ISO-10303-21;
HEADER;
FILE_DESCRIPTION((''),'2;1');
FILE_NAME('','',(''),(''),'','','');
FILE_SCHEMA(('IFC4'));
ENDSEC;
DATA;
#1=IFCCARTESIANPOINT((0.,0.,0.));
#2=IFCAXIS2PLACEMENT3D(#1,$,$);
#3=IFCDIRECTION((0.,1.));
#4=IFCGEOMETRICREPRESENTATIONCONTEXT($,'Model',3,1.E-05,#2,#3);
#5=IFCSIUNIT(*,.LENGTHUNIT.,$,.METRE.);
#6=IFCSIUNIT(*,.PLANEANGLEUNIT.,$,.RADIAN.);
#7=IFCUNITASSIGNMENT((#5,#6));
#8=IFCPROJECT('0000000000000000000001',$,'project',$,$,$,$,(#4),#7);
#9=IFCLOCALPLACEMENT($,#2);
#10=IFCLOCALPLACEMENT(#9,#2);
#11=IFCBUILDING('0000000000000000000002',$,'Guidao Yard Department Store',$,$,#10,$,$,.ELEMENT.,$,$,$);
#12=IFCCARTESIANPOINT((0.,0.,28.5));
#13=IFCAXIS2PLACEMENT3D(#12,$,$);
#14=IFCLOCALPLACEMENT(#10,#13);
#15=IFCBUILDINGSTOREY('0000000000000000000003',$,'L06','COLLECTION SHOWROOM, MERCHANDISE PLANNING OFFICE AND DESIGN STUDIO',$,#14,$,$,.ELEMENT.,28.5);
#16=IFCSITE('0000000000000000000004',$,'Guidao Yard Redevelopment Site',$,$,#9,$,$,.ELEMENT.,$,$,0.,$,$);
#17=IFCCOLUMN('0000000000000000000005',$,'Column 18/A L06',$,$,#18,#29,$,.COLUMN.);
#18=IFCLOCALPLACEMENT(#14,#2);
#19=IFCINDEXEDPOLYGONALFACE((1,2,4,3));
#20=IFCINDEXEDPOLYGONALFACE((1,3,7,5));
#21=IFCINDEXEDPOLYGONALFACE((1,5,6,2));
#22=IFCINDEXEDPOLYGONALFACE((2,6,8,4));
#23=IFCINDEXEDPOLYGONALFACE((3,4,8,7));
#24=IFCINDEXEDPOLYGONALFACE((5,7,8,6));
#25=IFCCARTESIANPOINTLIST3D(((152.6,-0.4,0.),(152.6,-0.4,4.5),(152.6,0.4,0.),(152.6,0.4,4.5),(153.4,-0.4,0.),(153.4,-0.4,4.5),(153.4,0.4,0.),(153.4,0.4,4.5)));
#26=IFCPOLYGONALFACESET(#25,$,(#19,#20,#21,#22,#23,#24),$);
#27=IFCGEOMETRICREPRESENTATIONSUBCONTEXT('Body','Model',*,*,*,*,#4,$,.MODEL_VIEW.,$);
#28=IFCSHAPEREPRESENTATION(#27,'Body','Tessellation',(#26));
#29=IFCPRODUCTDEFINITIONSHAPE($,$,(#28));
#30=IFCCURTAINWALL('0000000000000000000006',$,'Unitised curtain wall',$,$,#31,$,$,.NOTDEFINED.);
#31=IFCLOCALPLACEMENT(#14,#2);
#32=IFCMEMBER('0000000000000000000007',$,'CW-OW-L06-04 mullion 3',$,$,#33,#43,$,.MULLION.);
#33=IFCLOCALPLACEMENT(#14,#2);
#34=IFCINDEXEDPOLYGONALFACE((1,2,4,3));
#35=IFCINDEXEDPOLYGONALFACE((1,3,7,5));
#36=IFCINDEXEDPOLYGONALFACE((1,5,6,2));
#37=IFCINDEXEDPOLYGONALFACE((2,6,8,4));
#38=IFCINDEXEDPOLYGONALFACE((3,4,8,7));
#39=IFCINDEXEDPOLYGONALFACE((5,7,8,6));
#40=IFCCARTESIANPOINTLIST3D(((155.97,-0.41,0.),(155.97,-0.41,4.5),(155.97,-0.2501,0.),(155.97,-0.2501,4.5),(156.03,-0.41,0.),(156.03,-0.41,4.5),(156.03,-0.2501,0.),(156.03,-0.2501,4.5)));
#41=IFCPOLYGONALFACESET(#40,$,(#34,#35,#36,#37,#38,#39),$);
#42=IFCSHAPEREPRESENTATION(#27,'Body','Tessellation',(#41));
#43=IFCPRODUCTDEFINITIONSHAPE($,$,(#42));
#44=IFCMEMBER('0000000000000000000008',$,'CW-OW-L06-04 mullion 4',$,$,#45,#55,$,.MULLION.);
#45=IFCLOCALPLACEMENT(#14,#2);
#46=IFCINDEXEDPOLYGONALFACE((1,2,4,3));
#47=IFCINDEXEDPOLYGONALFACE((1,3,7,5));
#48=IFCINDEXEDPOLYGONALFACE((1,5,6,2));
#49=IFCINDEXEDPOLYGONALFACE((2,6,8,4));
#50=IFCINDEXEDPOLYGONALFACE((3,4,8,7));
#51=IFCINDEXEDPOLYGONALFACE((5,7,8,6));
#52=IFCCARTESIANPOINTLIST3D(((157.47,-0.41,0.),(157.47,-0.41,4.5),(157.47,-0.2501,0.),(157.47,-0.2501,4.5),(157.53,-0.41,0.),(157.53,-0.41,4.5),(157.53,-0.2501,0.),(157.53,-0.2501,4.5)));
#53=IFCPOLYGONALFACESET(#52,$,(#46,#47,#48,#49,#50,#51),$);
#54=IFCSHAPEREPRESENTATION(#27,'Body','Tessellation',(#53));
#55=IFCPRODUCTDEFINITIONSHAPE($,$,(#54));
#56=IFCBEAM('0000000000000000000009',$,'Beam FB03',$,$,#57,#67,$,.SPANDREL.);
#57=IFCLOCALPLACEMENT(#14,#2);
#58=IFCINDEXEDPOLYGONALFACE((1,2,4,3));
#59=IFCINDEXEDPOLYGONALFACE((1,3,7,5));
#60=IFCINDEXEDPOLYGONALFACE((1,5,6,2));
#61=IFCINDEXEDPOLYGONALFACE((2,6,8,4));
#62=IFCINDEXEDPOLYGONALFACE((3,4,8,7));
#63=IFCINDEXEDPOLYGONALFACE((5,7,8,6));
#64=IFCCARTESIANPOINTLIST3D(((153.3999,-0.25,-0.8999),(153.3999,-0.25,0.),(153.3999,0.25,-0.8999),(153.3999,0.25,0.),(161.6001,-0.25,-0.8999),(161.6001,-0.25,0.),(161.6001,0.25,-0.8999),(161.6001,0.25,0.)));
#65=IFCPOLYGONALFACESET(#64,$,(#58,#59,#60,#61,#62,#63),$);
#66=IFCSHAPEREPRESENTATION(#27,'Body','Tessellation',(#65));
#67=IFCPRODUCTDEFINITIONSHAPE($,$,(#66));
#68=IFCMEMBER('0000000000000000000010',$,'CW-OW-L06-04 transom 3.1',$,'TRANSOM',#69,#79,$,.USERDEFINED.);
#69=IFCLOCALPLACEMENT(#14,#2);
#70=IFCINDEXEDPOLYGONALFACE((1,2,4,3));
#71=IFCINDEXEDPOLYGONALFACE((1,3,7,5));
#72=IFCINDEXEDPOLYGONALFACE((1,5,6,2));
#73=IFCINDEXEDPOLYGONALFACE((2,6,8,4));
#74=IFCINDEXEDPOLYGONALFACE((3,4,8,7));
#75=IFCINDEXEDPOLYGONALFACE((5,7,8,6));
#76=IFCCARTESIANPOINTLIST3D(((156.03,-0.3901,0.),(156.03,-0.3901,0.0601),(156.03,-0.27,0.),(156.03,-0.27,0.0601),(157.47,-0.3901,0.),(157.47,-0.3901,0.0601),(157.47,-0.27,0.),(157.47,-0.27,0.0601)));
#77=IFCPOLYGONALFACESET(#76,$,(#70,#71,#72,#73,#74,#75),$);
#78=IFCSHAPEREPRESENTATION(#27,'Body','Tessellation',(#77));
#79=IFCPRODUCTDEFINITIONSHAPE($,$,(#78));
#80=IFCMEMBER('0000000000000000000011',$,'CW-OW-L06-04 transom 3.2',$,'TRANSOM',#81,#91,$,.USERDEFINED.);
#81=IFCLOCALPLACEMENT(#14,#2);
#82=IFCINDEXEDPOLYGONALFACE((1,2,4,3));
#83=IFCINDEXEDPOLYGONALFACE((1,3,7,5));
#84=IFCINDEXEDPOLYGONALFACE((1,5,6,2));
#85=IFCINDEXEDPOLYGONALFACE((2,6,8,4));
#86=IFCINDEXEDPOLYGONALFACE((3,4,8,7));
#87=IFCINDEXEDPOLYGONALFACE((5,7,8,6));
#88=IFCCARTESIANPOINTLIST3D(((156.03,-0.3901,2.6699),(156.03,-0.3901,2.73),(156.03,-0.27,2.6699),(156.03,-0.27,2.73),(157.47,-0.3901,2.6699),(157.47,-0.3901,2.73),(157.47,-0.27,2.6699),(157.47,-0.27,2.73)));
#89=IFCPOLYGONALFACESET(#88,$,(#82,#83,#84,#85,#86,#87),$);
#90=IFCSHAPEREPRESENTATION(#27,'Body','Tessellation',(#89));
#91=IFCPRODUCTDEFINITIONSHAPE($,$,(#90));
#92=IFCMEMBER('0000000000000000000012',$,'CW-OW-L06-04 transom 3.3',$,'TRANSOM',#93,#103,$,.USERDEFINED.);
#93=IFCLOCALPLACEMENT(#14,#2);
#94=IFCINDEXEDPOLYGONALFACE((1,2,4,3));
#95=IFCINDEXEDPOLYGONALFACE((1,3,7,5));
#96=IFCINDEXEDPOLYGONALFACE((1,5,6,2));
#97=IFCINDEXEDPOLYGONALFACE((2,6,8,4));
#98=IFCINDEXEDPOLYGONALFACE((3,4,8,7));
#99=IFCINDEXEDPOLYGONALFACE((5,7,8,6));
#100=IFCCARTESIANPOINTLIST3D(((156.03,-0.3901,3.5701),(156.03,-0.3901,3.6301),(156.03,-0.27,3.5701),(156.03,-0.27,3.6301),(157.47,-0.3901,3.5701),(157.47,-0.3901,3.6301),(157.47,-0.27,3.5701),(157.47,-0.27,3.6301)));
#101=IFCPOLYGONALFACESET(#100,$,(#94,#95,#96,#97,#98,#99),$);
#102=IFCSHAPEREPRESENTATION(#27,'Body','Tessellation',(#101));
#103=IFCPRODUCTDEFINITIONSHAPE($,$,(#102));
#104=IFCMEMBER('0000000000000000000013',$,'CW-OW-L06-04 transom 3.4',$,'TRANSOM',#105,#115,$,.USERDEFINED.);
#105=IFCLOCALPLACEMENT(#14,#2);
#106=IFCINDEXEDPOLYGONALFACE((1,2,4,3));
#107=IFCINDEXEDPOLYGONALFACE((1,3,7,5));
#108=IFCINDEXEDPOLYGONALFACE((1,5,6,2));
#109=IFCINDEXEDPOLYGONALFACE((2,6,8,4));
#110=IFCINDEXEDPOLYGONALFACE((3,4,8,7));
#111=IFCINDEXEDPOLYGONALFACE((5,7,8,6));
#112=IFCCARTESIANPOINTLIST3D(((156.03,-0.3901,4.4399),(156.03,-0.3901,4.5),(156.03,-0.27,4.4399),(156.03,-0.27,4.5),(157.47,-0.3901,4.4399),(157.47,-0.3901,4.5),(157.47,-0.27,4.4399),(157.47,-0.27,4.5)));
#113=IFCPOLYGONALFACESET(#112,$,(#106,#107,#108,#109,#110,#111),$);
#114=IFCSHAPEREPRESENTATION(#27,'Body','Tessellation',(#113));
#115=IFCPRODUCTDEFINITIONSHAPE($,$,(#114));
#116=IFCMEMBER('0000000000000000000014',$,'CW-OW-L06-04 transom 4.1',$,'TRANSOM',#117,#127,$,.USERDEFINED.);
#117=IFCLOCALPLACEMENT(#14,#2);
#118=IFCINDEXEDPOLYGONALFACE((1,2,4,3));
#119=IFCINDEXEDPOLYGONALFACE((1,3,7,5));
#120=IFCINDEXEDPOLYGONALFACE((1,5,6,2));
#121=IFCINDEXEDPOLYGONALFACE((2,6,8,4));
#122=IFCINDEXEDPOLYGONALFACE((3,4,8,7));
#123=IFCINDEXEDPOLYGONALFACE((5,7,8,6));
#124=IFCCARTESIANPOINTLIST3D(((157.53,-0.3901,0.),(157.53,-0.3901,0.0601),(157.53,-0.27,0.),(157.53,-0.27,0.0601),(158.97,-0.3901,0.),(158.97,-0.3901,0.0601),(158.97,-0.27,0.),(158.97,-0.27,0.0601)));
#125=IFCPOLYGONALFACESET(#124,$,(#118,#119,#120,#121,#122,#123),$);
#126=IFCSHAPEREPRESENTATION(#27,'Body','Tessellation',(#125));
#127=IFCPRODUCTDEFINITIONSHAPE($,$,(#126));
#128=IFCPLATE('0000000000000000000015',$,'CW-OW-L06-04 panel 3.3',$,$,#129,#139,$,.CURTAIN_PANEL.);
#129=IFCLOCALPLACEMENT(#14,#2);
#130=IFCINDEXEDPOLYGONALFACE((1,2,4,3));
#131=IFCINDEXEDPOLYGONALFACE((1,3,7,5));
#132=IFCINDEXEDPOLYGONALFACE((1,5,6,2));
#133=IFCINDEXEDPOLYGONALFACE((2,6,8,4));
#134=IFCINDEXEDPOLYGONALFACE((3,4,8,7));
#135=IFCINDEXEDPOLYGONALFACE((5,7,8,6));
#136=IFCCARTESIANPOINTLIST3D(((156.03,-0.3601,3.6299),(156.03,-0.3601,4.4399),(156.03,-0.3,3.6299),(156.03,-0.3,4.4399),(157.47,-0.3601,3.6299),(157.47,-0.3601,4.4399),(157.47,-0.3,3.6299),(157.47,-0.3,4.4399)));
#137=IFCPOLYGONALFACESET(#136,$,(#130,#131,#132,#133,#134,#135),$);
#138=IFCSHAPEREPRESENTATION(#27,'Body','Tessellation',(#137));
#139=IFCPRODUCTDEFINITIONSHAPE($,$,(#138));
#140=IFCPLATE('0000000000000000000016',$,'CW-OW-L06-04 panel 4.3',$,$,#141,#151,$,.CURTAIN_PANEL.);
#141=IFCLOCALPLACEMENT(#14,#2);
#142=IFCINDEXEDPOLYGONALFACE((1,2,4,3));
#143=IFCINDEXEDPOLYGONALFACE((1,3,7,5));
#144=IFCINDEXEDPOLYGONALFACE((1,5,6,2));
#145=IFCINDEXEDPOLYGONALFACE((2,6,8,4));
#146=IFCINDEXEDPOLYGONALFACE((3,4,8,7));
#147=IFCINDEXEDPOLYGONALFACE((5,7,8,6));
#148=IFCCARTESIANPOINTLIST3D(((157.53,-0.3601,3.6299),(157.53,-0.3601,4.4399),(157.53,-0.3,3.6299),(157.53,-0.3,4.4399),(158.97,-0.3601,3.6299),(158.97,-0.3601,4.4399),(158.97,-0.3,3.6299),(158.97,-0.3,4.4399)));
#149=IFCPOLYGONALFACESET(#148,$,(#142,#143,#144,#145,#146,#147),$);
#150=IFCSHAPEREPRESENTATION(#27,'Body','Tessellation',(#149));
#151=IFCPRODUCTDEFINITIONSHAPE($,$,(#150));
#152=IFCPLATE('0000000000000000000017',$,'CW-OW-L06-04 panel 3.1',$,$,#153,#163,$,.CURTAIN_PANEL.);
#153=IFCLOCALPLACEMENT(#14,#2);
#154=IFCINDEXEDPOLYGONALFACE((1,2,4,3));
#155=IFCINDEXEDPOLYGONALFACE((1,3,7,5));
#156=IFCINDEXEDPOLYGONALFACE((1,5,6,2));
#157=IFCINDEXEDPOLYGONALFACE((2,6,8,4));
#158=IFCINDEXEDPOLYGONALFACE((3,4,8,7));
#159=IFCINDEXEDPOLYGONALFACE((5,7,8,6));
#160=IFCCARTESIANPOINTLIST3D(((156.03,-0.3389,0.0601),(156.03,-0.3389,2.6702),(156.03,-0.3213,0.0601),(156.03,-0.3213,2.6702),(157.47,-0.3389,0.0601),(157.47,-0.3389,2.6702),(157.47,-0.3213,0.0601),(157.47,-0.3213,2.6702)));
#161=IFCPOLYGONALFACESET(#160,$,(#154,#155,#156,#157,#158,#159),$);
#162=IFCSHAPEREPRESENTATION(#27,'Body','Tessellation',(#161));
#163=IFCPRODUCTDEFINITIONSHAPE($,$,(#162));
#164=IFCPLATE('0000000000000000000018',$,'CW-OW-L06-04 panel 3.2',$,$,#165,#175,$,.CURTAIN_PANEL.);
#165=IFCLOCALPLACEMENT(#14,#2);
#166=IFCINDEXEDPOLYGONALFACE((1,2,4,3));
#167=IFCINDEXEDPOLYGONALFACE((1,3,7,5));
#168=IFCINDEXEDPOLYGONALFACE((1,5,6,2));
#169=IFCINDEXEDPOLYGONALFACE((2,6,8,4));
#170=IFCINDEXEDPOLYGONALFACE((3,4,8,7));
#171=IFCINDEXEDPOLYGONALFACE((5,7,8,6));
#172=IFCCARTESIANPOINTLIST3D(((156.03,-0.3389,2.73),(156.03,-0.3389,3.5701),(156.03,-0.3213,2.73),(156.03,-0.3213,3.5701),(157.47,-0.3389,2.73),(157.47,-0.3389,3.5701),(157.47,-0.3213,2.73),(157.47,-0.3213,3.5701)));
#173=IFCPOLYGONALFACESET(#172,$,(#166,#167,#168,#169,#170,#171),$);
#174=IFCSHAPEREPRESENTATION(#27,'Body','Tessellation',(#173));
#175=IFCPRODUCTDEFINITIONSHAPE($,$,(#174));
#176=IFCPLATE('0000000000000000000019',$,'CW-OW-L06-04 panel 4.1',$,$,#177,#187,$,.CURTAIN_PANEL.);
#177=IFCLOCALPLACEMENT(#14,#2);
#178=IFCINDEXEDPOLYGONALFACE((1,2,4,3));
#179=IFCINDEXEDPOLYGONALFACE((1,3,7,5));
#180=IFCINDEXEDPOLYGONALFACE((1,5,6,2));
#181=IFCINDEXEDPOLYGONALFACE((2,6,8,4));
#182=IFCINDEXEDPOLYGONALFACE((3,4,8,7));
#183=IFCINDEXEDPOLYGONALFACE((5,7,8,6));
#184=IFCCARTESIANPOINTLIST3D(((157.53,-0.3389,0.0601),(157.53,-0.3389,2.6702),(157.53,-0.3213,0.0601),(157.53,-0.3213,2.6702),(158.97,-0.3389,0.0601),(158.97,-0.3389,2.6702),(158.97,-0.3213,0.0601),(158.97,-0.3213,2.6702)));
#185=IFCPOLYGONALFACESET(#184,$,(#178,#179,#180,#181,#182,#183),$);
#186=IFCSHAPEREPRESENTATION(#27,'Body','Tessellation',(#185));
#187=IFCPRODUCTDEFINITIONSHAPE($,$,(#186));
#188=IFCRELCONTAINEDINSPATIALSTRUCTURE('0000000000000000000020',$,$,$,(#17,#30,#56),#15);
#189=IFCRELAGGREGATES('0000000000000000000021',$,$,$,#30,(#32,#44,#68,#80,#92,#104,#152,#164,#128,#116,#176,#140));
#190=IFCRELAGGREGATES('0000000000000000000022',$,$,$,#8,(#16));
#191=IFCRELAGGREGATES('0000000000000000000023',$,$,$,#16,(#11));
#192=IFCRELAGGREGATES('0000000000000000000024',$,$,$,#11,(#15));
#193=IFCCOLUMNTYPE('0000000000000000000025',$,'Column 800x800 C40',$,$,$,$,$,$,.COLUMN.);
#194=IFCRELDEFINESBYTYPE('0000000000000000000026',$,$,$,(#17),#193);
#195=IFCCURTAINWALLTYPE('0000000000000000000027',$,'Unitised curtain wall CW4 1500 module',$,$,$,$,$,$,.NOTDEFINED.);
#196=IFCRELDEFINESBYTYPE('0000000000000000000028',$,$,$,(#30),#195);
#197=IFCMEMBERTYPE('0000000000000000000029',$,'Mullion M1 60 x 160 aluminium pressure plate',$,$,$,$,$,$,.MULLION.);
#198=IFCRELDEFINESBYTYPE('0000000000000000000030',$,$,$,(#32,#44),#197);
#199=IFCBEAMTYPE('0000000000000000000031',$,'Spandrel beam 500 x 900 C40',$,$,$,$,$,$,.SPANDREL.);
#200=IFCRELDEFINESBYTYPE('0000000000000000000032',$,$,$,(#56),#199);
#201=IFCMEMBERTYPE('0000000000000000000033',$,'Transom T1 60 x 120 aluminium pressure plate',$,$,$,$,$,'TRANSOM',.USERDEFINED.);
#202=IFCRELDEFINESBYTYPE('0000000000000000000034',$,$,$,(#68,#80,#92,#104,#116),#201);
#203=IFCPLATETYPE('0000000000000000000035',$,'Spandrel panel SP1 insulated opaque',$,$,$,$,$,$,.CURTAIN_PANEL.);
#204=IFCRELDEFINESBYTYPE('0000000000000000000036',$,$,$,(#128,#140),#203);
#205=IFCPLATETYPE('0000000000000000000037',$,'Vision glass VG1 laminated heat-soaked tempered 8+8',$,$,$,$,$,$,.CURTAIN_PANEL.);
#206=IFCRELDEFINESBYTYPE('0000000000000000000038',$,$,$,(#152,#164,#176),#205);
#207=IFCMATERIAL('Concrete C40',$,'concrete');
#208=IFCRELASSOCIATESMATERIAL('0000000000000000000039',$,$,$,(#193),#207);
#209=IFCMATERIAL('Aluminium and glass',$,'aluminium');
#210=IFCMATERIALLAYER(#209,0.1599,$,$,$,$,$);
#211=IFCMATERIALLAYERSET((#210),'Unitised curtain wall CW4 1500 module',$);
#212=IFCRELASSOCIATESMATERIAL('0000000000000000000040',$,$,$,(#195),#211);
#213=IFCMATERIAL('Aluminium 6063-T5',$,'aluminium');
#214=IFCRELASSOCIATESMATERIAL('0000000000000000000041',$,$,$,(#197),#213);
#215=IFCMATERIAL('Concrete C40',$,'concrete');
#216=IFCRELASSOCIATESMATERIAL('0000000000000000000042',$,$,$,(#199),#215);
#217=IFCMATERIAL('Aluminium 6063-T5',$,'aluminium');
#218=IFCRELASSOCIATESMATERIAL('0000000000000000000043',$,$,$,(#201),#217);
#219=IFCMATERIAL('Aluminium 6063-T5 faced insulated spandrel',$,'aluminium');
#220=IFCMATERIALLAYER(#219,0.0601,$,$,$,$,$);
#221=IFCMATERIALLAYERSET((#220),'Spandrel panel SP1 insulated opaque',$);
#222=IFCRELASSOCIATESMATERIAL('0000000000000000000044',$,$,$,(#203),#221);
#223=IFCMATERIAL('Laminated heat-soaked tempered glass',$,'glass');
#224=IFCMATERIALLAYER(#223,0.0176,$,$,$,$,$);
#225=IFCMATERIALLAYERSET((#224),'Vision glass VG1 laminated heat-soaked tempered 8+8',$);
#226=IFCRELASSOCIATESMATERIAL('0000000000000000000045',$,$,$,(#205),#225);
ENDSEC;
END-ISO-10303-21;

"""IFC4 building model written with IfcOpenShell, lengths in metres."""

from ifc_helpers import new_model, si_unit, direction, frame, origin, origin_2d, place, context, subcontext, project, spatial, rectangle, extrude, material, layer, layer_set, material_profile, profile_set, type_object, element, aggregate, save


model = new_model("IFC4")

# Units and contexts
model_context = context("Model", 3, precision=1e-05, world=origin(), true_north=direction((0.0, 1.0)))
body_context = subcontext(model_context, "Body", "Model", "MODEL_VIEW")
ifc_project = project(units=[si_unit("LENGTHUNIT", "METRE"), si_unit("PLANEANGLEUNIT", "RADIAN")], contexts=[model_context])

# Site, building, storey
site_placement = place(None, origin())
site = spatial("IfcSite", under=ifc_project, at=site_placement, Name="Guidao Yard Redevelopment Site", CompositionType="ELEMENT", RefElevation=0.0)
building_placement = place(site_placement, origin())
building = spatial("IfcBuilding", under=site, at=building_placement, Name="Guidao Yard Department Store", CompositionType="ELEMENT")
storey_placement = place(building_placement, frame((0.0, 0.0, 28.5)))
storey = spatial("IfcBuildingStorey", under=building, at=storey_placement, Name="L06", Description="COLLECTION SHOWROOM, MERCHANDISE PLANNING OFFICE AND DESIGN STUDIO", CompositionType="ELEMENT", Elevation=28.5)

# Column
ifc_material_1 = material(Name="Concrete C40", Category="concrete")
ifc_material_profile_1 = material_profile(ifc_material_1, rectangle(XDim=0.8, YDim=0.8, at=origin_2d()), Name="COL 800x800")
ifc_profile_set_1 = profile_set([ifc_material_profile_1], Name="Concrete C40")
column_type = type_object("IfcColumnType", Name="Column 800x800 C40", PredefinedType="COLUMN", material=ifc_profile_set_1)
column_placement = place(storey_placement, frame((153.0, 0.0, 0.0), z_axis=(0.0, 0.0, 1.0), x_axis=(1.0, 0.0, 0.0)))
element("IfcColumn", 1, at=column_placement, inside=storey, type_object=column_type, Name="Column 18/A L06", PredefinedType="COLUMN", context=body_context, shape_type="SweptSolid", body=[
    extrude(rectangle(XDim=0.8, YDim=0.8, at=origin_2d()), origin(), (0.0, 0.0, 1.0), 4.5),
])

# Curtain wall, members
ifc_material_2 = material(Name="Aluminium and glass", Category="aluminium")
ifc_layer_1 = layer(ifc_material_2, 0.1599)
ifc_layer_set_1 = layer_set([ifc_layer_1], Name="Unitised curtain wall CW4 1500 module")
curtain_wall_type = type_object("IfcCurtainWallType", Name="Unitised curtain wall CW4 1500 module", PredefinedType="NOTDEFINED", material=ifc_layer_set_1)
curtain_wall_placement = place(storey_placement, origin())
curtain_wall = element("IfcCurtainWall", 2, at=curtain_wall_placement, inside=storey, type_object=curtain_wall_type, Name="Unitised curtain wall", PredefinedType="NOTDEFINED")
ifc_material_3 = material(Name="Aluminium 6063-T5", Category="aluminium")
ifc_material_profile_2 = material_profile(ifc_material_3, rectangle(XDim=0.0601, YDim=0.1599, at=origin_2d()), Name="Mullion M1 60 x 160 aluminium pressure plate")
ifc_profile_set_2 = profile_set([ifc_material_profile_2], Name="Aluminium 6063-T5")
member_type_1 = type_object("IfcMemberType", Name="Mullion M1 60 x 160 aluminium pressure plate", PredefinedType="MULLION", material=ifc_profile_set_2)
member_1_placement = place(storey_placement, frame((156.0, -0.3301, 0.0), z_axis=(0.0, 0.0, 1.0), x_axis=(-1.0, 0.0, 0.0)))
member_1 = element("IfcMember", 3, at=member_1_placement, type_object=member_type_1, Name="CW-OW-L06-04 mullion 3", PredefinedType="MULLION", context=body_context, shape_type="SweptSolid", body=[
    extrude(rectangle(XDim=0.0601, YDim=0.1599, at=origin_2d()), origin(), (0.0, 0.0, 1.0), 4.5),
])
member_2_placement = place(storey_placement, frame((157.5, -0.3301, 0.0), z_axis=(0.0, 0.0, 1.0), x_axis=(-1.0, 0.0, 0.0)))
member_2 = element("IfcMember", 4, at=member_2_placement, type_object=member_type_1, Name="CW-OW-L06-04 mullion 4", PredefinedType="MULLION", context=body_context, shape_type="SweptSolid", body=[
    extrude(rectangle(XDim=0.0601, YDim=0.1599, at=origin_2d()), origin(), (0.0, 0.0, 1.0), 4.5),
])

# Beam
ifc_material_4 = material(Name="Concrete C40", Category="concrete")
ifc_material_profile_3 = material_profile(ifc_material_4, rectangle(XDim=0.5, YDim=0.8999, at=origin_2d()), Name="Spandrel beam 500 x 900 C40")
ifc_profile_set_3 = profile_set([ifc_material_profile_3], Name="Concrete C40")
beam_type = type_object("IfcBeamType", Name="Spandrel beam 500 x 900 C40", PredefinedType="SPANDREL", material=ifc_profile_set_3)
beam_placement = place(storey_placement, frame((153.3999, 0.0, -0.45), z_axis=(1.0, 0.0, 0.0), x_axis=(0.0, 1.0, 0.0)))
element("IfcBeam", 5, at=beam_placement, inside=storey, type_object=beam_type, Name="Beam FB03", PredefinedType="SPANDREL", context=body_context, shape_type="SweptSolid", body=[
    extrude(rectangle(XDim=0.5, YDim=0.8999, at=origin_2d()), origin(), (0.0, 0.0, 1.0), 8.2002),
])

# Members
ifc_material_5 = material(Name="Aluminium 6063-T5", Category="aluminium")
ifc_material_profile_4 = material_profile(ifc_material_5, rectangle(XDim=0.1201, YDim=0.0601, at=origin_2d()), Name="Transom T1 60 x 120 aluminium pressure plate")
ifc_profile_set_4 = profile_set([ifc_material_profile_4], Name="Aluminium 6063-T5")
member_type_2 = type_object("IfcMemberType", Name="Transom T1 60 x 120 aluminium pressure plate", ElementType="TRANSOM", PredefinedType="USERDEFINED", material=ifc_profile_set_4)
member_3_placement = place(storey_placement, frame((157.47, -0.3301, 0.03), z_axis=(-1.0, 0.0, 0.0), x_axis=(0.0, -1.0, 0.0)))
member_3 = element("IfcMember", 6, at=member_3_placement, type_object=member_type_2, Name="CW-OW-L06-04 transom 3.1", ObjectType="TRANSOM", PredefinedType="USERDEFINED", context=body_context, shape_type="SweptSolid", body=[
    extrude(rectangle(XDim=0.1201, YDim=0.0601, at=origin_2d()), origin(), (0.0, 0.0, 1.0), 1.4399),
])
member_4_placement = place(storey_placement, frame((157.47, -0.3301, 2.7), z_axis=(-1.0, 0.0, 0.0), x_axis=(0.0, -1.0, 0.0)))
member_4 = element("IfcMember", 7, at=member_4_placement, type_object=member_type_2, Name="CW-OW-L06-04 transom 3.2", ObjectType="TRANSOM", PredefinedType="USERDEFINED", context=body_context, shape_type="SweptSolid", body=[
    extrude(rectangle(XDim=0.1201, YDim=0.0601, at=origin_2d()), origin(), (0.0, 0.0, 1.0), 1.4399),
])
member_5_placement = place(storey_placement, frame((157.47, -0.3301, 3.6001), z_axis=(-1.0, 0.0, 0.0), x_axis=(0.0, -1.0, 0.0)))
member_5 = element("IfcMember", 8, at=member_5_placement, type_object=member_type_2, Name="CW-OW-L06-04 transom 3.3", ObjectType="TRANSOM", PredefinedType="USERDEFINED", context=body_context, shape_type="SweptSolid", body=[
    extrude(rectangle(XDim=0.1201, YDim=0.0601, at=origin_2d()), origin(), (0.0, 0.0, 1.0), 1.4399),
])
member_6_placement = place(storey_placement, frame((157.47, -0.3301, 4.47), z_axis=(-1.0, 0.0, 0.0), x_axis=(0.0, -1.0, 0.0)))
member_6 = element("IfcMember", 9, at=member_6_placement, type_object=member_type_2, Name="CW-OW-L06-04 transom 3.4", ObjectType="TRANSOM", PredefinedType="USERDEFINED", context=body_context, shape_type="SweptSolid", body=[
    extrude(rectangle(XDim=0.1201, YDim=0.0601, at=origin_2d()), origin(), (0.0, 0.0, 1.0), 1.4399),
])
member_7_placement = place(storey_placement, frame((158.97, -0.3301, 0.03), z_axis=(-1.0, 0.0, 0.0), x_axis=(0.0, -1.0, 0.0)))
member_7 = element("IfcMember", 10, at=member_7_placement, type_object=member_type_2, Name="CW-OW-L06-04 transom 4.1", ObjectType="TRANSOM", PredefinedType="USERDEFINED", context=body_context, shape_type="SweptSolid", body=[
    extrude(rectangle(XDim=0.1201, YDim=0.0601, at=origin_2d()), origin(), (0.0, 0.0, 1.0), 1.4399),
])

# Plates
ifc_material_6 = material(Name="Aluminium 6063-T5 faced insulated spandrel", Category="aluminium")
ifc_layer_2 = layer(ifc_material_6, 0.0601)
ifc_layer_set_2 = layer_set([ifc_layer_2], Name="Spandrel panel SP1 insulated opaque")
plate_type_1 = type_object("IfcPlateType", Name="Spandrel panel SP1 insulated opaque", PredefinedType="CURTAIN_PANEL", material=ifc_layer_set_2)
plate_1_placement = place(storey_placement, frame((156.75, -0.3301, 3.6299), z_axis=(0.0, 0.0, 1.0), x_axis=(-1.0, 0.0, 0.0)))
plate_1 = element("IfcPlate", 11, at=plate_1_placement, type_object=plate_type_1, Name="CW-OW-L06-04 panel 3.3", PredefinedType="CURTAIN_PANEL", context=body_context, shape_type="SweptSolid", body=[
    extrude(rectangle(XDim=1.4399, YDim=0.0601, at=origin_2d()), origin(), (0.0, 0.0, 1.0), 0.8101),
])
plate_2_placement = place(storey_placement, frame((158.25, -0.3301, 3.6299), z_axis=(0.0, 0.0, 1.0), x_axis=(-1.0, 0.0, 0.0)))
plate_2 = element("IfcPlate", 12, at=plate_2_placement, type_object=plate_type_1, Name="CW-OW-L06-04 panel 4.3", PredefinedType="CURTAIN_PANEL", context=body_context, shape_type="SweptSolid", body=[
    extrude(rectangle(XDim=1.4399, YDim=0.0601, at=origin_2d()), origin(), (0.0, 0.0, 1.0), 0.8101),
])
ifc_material_7 = material(Name="Laminated heat-soaked tempered glass", Category="glass")
ifc_layer_3 = layer(ifc_material_7, 0.0176)
ifc_layer_set_3 = layer_set([ifc_layer_3], Name="Vision glass VG1 laminated heat-soaked tempered 8+8")
plate_type_2 = type_object("IfcPlateType", Name="Vision glass VG1 laminated heat-soaked tempered 8+8", PredefinedType="CURTAIN_PANEL", material=ifc_layer_set_3)
plate_3_placement = place(storey_placement, frame((156.75, -0.3301, 0.0601), z_axis=(0.0, 0.0, 1.0), x_axis=(-1.0, 0.0, 0.0)))
plate_3 = element("IfcPlate", 13, at=plate_3_placement, type_object=plate_type_2, Name="CW-OW-L06-04 panel 3.1", PredefinedType="CURTAIN_PANEL", context=body_context, shape_type="SweptSolid", body=[
    extrude(rectangle(XDim=1.4399, YDim=0.0176, at=origin_2d()), origin(), (0.0, 0.0, 1.0), 2.6101),
])
plate_4_placement = place(storey_placement, frame((156.75, -0.3301, 2.73), z_axis=(0.0, 0.0, 1.0), x_axis=(-1.0, 0.0, 0.0)))
plate_4 = element("IfcPlate", 14, at=plate_4_placement, type_object=plate_type_2, Name="CW-OW-L06-04 panel 3.2", PredefinedType="CURTAIN_PANEL", context=body_context, shape_type="SweptSolid", body=[
    extrude(rectangle(XDim=1.4399, YDim=0.0176, at=origin_2d()), origin(), (0.0, 0.0, 1.0), 0.8401),
])
plate_5_placement = place(storey_placement, frame((158.25, -0.3301, 0.0601), z_axis=(0.0, 0.0, 1.0), x_axis=(-1.0, 0.0, 0.0)))
plate_5 = element("IfcPlate", 15, at=plate_5_placement, type_object=plate_type_2, Name="CW-OW-L06-04 panel 4.1", PredefinedType="CURTAIN_PANEL", context=body_context, shape_type="SweptSolid", body=[
    extrude(rectangle(XDim=1.4399, YDim=0.0176, at=origin_2d()), origin(), (0.0, 0.0, 1.0), 2.6101),
])
aggregate(curtain_wall, [member_1, member_2, member_3, member_4, member_5, member_6, plate_3, plate_4, plate_1, member_7, plate_5, plate_2])

save(model, "model.ifc")
